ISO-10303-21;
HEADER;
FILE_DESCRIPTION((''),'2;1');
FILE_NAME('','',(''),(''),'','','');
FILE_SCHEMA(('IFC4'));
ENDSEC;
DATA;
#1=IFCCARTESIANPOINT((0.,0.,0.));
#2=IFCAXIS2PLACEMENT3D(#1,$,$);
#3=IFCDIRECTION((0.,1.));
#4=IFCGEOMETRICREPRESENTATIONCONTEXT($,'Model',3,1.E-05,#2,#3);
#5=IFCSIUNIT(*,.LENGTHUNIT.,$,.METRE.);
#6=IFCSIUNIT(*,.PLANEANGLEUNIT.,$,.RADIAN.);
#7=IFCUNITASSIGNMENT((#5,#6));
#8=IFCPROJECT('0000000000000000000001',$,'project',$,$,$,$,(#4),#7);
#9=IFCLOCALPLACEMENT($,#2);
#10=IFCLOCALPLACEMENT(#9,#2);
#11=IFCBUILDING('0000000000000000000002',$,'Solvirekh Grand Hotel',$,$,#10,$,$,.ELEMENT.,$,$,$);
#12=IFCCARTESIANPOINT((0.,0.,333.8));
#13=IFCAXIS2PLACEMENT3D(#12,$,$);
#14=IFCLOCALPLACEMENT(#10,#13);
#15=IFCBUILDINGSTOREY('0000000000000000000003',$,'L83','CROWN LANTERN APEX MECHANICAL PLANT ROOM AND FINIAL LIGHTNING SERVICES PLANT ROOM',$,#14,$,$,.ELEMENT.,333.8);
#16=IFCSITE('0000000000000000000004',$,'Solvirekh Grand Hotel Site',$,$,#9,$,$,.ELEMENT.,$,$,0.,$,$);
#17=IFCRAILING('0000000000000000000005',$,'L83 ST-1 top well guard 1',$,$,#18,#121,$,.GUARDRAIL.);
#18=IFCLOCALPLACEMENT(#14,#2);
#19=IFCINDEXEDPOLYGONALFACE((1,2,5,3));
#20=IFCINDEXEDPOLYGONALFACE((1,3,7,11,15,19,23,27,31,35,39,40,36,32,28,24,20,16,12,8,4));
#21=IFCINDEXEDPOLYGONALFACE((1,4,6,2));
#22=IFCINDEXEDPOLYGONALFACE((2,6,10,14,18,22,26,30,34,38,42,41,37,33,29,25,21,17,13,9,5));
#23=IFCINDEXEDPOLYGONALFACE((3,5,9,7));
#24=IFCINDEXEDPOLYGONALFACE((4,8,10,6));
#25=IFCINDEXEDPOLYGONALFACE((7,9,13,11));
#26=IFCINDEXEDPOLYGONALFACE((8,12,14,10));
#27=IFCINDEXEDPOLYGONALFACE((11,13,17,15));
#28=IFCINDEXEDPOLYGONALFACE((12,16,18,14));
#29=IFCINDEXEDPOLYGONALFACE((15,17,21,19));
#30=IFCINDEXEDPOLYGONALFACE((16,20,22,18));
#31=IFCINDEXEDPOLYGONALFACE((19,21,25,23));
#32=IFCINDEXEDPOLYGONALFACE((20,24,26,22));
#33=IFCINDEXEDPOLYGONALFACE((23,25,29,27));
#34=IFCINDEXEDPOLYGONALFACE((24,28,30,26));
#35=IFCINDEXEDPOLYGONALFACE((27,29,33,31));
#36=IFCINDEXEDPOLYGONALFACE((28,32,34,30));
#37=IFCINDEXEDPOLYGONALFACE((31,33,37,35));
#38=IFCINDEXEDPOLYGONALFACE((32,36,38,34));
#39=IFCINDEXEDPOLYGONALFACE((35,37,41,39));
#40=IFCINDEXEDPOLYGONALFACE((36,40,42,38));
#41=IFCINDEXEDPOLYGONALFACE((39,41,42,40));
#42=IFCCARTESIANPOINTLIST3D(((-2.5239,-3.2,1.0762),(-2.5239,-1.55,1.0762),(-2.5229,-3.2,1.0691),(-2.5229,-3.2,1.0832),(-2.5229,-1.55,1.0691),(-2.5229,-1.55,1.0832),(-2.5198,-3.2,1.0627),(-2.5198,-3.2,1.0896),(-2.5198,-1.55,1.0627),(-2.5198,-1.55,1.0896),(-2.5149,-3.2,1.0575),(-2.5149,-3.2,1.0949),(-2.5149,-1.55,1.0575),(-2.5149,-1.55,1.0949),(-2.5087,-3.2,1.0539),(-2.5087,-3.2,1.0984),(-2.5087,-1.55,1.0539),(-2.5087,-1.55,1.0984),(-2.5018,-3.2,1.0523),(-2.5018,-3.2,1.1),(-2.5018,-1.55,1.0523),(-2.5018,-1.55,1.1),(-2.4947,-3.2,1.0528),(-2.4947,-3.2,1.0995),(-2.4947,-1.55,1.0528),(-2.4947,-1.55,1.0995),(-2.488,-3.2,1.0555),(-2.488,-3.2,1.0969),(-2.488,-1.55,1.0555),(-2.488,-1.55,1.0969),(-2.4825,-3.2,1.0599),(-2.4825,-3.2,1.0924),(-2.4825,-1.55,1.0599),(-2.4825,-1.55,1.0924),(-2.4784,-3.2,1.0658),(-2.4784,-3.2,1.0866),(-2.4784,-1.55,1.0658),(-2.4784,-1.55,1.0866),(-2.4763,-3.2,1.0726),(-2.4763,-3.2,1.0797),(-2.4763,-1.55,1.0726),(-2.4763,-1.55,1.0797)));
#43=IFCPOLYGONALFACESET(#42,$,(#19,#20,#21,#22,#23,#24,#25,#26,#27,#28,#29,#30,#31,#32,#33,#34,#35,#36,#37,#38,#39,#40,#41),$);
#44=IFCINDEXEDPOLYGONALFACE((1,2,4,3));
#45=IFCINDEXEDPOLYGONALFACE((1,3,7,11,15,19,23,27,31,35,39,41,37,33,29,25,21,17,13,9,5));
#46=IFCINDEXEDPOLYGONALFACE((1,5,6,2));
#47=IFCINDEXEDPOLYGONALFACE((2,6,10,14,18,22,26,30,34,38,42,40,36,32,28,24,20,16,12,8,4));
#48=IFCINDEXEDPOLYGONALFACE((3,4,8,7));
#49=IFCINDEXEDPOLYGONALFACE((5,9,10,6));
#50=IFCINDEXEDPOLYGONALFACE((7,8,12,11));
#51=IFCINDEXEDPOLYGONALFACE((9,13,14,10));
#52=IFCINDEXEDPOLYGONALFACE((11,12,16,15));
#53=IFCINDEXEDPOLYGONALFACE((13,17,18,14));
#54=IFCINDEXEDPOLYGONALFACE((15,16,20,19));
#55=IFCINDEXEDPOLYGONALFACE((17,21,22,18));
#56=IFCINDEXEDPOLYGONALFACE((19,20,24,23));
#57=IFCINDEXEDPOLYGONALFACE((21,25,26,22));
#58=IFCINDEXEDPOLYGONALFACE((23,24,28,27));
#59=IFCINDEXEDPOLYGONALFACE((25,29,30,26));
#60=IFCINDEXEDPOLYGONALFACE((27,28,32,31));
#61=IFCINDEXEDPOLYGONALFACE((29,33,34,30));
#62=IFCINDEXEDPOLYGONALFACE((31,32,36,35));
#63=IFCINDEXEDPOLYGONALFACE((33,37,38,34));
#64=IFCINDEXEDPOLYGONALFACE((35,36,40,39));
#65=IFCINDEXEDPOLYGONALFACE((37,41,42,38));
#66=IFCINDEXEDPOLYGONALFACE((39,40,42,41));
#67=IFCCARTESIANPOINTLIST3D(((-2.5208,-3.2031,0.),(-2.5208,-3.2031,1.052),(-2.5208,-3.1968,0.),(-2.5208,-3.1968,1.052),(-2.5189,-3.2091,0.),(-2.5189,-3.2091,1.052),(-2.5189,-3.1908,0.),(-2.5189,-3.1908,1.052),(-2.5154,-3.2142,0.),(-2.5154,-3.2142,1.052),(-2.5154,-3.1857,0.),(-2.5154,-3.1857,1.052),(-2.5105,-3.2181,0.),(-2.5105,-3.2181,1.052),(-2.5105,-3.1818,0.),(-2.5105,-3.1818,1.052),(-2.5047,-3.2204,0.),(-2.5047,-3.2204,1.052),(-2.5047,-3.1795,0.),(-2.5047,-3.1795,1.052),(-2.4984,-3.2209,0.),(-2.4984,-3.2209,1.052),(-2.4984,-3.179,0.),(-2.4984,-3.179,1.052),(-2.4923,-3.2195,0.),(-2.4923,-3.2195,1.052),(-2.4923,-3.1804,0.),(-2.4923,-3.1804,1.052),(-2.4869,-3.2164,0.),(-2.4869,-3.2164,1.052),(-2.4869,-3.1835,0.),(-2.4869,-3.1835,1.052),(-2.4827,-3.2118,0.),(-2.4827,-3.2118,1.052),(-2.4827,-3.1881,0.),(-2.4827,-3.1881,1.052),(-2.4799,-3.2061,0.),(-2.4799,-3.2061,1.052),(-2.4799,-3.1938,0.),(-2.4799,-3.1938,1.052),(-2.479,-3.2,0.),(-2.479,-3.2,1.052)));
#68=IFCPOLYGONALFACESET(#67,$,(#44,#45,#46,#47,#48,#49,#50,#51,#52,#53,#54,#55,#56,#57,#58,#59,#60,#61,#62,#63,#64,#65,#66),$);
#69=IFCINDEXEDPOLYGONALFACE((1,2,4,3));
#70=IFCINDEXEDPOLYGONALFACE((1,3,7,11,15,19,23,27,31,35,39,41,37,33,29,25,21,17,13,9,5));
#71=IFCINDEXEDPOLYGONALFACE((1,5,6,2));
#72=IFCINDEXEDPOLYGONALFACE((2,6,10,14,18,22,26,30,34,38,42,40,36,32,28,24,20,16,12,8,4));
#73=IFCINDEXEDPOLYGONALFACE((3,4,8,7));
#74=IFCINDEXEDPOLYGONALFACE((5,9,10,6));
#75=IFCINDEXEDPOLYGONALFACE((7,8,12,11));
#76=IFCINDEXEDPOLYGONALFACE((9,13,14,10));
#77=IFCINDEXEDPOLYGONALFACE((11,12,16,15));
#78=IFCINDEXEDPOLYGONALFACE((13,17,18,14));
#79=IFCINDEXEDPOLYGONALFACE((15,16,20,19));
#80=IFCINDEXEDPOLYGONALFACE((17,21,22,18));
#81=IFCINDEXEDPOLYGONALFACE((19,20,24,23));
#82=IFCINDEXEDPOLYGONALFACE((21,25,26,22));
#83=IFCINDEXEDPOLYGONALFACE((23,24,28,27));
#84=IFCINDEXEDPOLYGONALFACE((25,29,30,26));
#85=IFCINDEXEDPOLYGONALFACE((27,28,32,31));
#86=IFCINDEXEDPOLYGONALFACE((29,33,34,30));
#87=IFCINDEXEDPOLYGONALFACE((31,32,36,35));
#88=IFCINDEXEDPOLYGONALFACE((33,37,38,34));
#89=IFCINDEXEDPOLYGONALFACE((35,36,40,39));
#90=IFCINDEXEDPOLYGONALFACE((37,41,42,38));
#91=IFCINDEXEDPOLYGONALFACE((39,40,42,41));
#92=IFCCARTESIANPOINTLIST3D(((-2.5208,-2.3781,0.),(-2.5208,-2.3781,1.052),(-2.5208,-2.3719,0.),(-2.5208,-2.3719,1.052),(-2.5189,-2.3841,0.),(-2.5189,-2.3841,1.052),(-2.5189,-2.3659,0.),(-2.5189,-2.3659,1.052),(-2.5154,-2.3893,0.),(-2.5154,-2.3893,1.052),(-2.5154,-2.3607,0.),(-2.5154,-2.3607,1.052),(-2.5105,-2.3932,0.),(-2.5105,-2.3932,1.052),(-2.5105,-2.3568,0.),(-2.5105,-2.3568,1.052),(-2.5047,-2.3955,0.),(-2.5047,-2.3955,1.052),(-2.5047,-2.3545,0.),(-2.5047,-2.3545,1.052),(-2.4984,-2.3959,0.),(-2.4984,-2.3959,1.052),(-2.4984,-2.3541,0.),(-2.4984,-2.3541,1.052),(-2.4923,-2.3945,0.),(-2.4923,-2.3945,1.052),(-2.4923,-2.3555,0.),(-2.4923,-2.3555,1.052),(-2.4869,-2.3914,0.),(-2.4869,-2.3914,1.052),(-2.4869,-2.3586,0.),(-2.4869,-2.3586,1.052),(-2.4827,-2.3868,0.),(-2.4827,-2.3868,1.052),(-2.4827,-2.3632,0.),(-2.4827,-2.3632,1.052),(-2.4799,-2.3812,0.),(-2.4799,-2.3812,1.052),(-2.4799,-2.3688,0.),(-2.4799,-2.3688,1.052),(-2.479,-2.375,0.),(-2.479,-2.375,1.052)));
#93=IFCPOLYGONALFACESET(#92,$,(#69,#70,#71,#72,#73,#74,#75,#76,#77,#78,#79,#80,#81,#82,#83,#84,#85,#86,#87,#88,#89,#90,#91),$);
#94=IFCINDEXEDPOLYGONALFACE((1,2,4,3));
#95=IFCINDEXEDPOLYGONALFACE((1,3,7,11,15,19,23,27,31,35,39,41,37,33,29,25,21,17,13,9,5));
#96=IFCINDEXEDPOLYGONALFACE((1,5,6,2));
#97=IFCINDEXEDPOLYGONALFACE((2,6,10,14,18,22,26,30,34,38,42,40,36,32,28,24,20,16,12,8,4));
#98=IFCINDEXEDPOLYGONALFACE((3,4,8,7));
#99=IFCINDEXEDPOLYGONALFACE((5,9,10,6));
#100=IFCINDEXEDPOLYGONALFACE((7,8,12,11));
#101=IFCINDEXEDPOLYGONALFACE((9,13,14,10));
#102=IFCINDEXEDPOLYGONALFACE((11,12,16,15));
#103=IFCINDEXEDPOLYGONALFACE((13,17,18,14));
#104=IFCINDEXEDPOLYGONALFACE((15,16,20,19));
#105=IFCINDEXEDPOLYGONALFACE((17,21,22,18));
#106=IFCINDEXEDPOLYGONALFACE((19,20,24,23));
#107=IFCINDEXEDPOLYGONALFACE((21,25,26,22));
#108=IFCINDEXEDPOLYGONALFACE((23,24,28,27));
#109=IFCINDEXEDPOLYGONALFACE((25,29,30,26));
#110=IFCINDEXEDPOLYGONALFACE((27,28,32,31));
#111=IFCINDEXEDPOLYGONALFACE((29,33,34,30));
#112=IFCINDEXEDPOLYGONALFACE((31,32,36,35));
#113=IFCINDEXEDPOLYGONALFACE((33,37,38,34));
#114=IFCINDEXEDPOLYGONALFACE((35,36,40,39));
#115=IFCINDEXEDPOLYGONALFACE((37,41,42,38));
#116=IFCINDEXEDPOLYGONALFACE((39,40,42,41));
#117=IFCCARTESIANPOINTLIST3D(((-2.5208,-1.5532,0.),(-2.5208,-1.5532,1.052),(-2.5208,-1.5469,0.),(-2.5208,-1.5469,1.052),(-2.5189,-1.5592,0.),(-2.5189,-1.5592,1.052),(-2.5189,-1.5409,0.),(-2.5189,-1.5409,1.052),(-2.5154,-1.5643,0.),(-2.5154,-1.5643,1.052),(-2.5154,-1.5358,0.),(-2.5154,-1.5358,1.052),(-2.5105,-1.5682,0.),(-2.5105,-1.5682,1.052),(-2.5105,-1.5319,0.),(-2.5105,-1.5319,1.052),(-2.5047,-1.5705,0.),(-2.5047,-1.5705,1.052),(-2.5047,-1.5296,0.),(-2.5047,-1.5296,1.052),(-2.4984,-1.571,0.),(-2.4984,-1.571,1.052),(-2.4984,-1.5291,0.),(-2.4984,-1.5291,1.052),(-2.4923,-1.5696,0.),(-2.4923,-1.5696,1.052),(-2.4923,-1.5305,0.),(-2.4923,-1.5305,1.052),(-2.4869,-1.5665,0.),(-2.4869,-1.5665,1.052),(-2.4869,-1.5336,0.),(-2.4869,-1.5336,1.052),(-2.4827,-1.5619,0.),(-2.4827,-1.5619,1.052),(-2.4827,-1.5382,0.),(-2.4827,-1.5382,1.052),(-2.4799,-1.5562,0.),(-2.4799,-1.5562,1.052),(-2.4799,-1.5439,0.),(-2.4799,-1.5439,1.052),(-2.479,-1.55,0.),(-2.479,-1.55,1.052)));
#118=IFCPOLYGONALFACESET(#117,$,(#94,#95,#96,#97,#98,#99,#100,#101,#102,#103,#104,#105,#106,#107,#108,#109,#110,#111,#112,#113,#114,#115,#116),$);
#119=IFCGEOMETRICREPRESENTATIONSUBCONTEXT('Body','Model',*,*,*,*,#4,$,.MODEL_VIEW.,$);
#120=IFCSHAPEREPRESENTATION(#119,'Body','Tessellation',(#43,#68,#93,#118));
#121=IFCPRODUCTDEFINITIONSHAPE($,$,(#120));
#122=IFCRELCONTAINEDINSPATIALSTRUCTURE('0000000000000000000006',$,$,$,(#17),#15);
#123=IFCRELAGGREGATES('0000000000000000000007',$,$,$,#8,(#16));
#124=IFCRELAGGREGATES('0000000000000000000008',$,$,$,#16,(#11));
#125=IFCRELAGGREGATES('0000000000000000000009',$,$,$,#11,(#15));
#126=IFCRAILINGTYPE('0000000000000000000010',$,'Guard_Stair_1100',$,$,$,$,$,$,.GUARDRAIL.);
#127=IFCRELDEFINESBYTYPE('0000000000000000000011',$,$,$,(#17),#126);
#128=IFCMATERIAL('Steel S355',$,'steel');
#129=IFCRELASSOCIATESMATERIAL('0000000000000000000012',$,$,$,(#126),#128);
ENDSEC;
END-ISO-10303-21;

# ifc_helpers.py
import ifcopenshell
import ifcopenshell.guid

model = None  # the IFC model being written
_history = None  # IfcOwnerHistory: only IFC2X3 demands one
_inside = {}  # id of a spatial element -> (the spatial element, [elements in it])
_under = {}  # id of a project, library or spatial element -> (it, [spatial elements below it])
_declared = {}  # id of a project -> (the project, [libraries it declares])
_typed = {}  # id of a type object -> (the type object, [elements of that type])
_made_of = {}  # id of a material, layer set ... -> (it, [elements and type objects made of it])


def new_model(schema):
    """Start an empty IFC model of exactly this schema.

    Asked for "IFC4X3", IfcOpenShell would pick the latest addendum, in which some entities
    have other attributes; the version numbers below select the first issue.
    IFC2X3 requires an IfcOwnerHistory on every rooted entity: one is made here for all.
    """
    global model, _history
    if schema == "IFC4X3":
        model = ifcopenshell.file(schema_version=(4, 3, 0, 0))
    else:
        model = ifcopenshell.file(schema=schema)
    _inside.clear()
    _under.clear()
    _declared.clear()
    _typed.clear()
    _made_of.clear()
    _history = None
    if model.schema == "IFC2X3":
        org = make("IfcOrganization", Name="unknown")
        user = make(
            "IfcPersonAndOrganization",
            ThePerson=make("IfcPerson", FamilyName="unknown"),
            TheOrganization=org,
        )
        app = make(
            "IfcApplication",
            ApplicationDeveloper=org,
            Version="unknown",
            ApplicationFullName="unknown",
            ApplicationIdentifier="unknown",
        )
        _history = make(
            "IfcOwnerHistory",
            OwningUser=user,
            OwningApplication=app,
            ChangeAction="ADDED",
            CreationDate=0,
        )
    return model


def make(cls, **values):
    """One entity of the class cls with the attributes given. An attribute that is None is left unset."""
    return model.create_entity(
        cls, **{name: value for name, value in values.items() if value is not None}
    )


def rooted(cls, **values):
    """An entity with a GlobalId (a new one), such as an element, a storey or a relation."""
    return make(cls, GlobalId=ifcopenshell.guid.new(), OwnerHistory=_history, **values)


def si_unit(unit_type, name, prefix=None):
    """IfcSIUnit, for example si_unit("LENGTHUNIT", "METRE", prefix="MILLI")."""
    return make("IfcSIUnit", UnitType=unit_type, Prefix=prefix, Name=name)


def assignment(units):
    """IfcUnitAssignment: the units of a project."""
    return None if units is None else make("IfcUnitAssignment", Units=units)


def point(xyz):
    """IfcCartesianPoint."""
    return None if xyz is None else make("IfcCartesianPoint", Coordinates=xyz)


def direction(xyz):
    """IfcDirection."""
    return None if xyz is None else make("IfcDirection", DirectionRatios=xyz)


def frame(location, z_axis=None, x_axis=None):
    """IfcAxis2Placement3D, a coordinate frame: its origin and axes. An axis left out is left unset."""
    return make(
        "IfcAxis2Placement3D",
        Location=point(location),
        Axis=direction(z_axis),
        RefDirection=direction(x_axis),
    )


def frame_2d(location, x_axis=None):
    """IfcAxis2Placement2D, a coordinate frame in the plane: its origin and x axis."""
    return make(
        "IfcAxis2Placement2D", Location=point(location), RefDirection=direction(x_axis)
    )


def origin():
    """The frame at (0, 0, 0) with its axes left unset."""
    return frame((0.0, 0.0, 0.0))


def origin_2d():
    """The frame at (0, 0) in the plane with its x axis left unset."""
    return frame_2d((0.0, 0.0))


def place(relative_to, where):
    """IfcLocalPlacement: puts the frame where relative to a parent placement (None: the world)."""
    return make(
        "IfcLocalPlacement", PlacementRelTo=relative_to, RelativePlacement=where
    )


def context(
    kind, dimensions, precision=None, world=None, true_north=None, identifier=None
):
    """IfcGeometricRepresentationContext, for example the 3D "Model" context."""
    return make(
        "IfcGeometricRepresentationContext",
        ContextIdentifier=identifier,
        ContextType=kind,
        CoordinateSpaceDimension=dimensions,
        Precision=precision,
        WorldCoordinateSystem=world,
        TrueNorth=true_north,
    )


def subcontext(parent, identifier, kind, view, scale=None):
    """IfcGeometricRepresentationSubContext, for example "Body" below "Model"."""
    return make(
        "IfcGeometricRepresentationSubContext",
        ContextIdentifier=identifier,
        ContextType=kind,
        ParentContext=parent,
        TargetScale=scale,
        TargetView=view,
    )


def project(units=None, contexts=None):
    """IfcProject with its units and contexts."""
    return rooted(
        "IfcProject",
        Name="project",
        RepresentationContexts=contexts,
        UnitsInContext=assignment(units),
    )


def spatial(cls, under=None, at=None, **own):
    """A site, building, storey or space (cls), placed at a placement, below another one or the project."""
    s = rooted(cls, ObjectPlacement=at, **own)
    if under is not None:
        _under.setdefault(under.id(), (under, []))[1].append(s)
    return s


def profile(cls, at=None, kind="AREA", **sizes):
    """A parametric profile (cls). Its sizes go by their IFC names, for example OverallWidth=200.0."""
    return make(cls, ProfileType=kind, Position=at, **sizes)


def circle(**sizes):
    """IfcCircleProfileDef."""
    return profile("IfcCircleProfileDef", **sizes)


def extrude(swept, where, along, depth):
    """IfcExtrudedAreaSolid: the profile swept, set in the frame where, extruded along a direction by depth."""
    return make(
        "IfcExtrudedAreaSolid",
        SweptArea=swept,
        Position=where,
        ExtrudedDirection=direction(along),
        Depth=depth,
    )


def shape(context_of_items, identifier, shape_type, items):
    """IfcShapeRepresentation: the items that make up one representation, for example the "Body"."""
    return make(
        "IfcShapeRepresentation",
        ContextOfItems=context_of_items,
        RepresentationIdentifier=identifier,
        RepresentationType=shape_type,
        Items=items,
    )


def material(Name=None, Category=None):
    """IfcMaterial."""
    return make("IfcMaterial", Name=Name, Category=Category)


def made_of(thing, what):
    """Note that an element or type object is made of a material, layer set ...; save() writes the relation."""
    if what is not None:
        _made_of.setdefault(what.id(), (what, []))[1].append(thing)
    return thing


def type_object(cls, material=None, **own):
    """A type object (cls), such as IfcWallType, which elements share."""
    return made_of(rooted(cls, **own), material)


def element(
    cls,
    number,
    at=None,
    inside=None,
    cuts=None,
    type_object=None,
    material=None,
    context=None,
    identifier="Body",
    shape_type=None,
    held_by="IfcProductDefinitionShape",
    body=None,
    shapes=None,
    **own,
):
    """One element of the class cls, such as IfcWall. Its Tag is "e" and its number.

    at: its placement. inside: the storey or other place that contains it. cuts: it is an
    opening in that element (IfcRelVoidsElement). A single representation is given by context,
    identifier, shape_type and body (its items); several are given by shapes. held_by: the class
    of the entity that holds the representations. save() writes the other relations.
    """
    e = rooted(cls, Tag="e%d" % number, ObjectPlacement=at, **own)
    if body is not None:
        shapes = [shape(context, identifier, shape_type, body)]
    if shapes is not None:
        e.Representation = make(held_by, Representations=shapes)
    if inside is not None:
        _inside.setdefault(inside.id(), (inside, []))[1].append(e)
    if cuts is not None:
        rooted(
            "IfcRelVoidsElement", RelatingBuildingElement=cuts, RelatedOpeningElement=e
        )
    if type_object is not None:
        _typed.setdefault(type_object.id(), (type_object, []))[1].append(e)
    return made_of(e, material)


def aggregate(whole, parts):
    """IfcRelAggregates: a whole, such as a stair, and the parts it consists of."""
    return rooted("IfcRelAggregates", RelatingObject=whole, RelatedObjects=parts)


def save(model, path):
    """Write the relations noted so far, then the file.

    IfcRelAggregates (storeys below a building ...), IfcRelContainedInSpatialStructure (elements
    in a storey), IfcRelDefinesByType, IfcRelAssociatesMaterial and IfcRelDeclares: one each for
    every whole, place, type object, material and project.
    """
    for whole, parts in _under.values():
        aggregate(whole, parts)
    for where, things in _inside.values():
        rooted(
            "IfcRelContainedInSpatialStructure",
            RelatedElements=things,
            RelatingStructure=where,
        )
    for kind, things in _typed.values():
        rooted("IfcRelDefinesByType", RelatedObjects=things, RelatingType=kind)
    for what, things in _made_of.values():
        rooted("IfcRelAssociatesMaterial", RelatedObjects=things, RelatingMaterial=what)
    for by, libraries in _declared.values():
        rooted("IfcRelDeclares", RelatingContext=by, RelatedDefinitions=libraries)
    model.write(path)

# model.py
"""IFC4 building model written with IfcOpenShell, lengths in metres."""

from ifc_helpers import new_model, si_unit, direction, frame, origin, origin_2d, place, context, subcontext, project, spatial, circle, extrude, material, type_object, element, save


model = new_model("IFC4")

# Units and contexts
model_context = context("Model", 3, precision=1e-05, world=origin(), true_north=direction((0.0, 1.0)))
body_context = subcontext(model_context, "Body", "Model", "MODEL_VIEW")
ifc_project = project(units=[si_unit("LENGTHUNIT", "METRE"), si_unit("PLANEANGLEUNIT", "RADIAN")], contexts=[model_context])

# Site, building, storey
site_placement = place(None, origin())
site = spatial("IfcSite", under=ifc_project, at=site_placement, Name="Solvirekh Grand Hotel Site", CompositionType="ELEMENT", RefElevation=0.0)
building_placement = place(site_placement, origin())
building = spatial("IfcBuilding", under=site, at=building_placement, Name="Solvirekh Grand Hotel", CompositionType="ELEMENT")
storey_placement = place(building_placement, frame((0.0, 0.0, 333.8)))
storey = spatial("IfcBuildingStorey", under=building, at=storey_placement, Name="L83", Description="CROWN LANTERN APEX MECHANICAL PLANT ROOM AND FINIAL LIGHTNING SERVICES PLANT ROOM", CompositionType="ELEMENT", Elevation=333.8)

# Shared definitions
ifc_material_1 = material(Name="Steel S355", Category="steel")

# Railing
railing_type = type_object("IfcRailingType", Name="Guard_Stair_1100", PredefinedType="GUARDRAIL", material=ifc_material_1)
railing_placement = place(storey_placement, frame((-2.5, -3.2, 0.0)))
element("IfcRailing", 1, at=railing_placement, inside=storey, type_object=railing_type, Name="L83 ST-1 top well guard 1", PredefinedType="GUARDRAIL", context=body_context, shape_type="SweptSolid", body=[
    extrude(circle(Radius=0.0239, at=origin_2d()), frame((0.0, 0.0, 1.0762), z_axis=(0.0, 1.0, 0.0), x_axis=(-1.0, 0.0, 0.0)), (0.0, 0.0, 1.0), 1.6499),
    extrude(circle(Radius=0.021, at=origin_2d()), origin(), (0.0, 0.0, 1.0), 1.052),
    extrude(circle(Radius=0.021, at=origin_2d()), frame((0.0, 0.825, 0.0)), (0.0, 0.0, 1.0), 1.052),
    extrude(circle(Radius=0.021, at=origin_2d()), frame((0.0, 1.6499, 0.0)), (0.0, 0.0, 1.0), 1.052),
])

save(model, "model.ifc")
